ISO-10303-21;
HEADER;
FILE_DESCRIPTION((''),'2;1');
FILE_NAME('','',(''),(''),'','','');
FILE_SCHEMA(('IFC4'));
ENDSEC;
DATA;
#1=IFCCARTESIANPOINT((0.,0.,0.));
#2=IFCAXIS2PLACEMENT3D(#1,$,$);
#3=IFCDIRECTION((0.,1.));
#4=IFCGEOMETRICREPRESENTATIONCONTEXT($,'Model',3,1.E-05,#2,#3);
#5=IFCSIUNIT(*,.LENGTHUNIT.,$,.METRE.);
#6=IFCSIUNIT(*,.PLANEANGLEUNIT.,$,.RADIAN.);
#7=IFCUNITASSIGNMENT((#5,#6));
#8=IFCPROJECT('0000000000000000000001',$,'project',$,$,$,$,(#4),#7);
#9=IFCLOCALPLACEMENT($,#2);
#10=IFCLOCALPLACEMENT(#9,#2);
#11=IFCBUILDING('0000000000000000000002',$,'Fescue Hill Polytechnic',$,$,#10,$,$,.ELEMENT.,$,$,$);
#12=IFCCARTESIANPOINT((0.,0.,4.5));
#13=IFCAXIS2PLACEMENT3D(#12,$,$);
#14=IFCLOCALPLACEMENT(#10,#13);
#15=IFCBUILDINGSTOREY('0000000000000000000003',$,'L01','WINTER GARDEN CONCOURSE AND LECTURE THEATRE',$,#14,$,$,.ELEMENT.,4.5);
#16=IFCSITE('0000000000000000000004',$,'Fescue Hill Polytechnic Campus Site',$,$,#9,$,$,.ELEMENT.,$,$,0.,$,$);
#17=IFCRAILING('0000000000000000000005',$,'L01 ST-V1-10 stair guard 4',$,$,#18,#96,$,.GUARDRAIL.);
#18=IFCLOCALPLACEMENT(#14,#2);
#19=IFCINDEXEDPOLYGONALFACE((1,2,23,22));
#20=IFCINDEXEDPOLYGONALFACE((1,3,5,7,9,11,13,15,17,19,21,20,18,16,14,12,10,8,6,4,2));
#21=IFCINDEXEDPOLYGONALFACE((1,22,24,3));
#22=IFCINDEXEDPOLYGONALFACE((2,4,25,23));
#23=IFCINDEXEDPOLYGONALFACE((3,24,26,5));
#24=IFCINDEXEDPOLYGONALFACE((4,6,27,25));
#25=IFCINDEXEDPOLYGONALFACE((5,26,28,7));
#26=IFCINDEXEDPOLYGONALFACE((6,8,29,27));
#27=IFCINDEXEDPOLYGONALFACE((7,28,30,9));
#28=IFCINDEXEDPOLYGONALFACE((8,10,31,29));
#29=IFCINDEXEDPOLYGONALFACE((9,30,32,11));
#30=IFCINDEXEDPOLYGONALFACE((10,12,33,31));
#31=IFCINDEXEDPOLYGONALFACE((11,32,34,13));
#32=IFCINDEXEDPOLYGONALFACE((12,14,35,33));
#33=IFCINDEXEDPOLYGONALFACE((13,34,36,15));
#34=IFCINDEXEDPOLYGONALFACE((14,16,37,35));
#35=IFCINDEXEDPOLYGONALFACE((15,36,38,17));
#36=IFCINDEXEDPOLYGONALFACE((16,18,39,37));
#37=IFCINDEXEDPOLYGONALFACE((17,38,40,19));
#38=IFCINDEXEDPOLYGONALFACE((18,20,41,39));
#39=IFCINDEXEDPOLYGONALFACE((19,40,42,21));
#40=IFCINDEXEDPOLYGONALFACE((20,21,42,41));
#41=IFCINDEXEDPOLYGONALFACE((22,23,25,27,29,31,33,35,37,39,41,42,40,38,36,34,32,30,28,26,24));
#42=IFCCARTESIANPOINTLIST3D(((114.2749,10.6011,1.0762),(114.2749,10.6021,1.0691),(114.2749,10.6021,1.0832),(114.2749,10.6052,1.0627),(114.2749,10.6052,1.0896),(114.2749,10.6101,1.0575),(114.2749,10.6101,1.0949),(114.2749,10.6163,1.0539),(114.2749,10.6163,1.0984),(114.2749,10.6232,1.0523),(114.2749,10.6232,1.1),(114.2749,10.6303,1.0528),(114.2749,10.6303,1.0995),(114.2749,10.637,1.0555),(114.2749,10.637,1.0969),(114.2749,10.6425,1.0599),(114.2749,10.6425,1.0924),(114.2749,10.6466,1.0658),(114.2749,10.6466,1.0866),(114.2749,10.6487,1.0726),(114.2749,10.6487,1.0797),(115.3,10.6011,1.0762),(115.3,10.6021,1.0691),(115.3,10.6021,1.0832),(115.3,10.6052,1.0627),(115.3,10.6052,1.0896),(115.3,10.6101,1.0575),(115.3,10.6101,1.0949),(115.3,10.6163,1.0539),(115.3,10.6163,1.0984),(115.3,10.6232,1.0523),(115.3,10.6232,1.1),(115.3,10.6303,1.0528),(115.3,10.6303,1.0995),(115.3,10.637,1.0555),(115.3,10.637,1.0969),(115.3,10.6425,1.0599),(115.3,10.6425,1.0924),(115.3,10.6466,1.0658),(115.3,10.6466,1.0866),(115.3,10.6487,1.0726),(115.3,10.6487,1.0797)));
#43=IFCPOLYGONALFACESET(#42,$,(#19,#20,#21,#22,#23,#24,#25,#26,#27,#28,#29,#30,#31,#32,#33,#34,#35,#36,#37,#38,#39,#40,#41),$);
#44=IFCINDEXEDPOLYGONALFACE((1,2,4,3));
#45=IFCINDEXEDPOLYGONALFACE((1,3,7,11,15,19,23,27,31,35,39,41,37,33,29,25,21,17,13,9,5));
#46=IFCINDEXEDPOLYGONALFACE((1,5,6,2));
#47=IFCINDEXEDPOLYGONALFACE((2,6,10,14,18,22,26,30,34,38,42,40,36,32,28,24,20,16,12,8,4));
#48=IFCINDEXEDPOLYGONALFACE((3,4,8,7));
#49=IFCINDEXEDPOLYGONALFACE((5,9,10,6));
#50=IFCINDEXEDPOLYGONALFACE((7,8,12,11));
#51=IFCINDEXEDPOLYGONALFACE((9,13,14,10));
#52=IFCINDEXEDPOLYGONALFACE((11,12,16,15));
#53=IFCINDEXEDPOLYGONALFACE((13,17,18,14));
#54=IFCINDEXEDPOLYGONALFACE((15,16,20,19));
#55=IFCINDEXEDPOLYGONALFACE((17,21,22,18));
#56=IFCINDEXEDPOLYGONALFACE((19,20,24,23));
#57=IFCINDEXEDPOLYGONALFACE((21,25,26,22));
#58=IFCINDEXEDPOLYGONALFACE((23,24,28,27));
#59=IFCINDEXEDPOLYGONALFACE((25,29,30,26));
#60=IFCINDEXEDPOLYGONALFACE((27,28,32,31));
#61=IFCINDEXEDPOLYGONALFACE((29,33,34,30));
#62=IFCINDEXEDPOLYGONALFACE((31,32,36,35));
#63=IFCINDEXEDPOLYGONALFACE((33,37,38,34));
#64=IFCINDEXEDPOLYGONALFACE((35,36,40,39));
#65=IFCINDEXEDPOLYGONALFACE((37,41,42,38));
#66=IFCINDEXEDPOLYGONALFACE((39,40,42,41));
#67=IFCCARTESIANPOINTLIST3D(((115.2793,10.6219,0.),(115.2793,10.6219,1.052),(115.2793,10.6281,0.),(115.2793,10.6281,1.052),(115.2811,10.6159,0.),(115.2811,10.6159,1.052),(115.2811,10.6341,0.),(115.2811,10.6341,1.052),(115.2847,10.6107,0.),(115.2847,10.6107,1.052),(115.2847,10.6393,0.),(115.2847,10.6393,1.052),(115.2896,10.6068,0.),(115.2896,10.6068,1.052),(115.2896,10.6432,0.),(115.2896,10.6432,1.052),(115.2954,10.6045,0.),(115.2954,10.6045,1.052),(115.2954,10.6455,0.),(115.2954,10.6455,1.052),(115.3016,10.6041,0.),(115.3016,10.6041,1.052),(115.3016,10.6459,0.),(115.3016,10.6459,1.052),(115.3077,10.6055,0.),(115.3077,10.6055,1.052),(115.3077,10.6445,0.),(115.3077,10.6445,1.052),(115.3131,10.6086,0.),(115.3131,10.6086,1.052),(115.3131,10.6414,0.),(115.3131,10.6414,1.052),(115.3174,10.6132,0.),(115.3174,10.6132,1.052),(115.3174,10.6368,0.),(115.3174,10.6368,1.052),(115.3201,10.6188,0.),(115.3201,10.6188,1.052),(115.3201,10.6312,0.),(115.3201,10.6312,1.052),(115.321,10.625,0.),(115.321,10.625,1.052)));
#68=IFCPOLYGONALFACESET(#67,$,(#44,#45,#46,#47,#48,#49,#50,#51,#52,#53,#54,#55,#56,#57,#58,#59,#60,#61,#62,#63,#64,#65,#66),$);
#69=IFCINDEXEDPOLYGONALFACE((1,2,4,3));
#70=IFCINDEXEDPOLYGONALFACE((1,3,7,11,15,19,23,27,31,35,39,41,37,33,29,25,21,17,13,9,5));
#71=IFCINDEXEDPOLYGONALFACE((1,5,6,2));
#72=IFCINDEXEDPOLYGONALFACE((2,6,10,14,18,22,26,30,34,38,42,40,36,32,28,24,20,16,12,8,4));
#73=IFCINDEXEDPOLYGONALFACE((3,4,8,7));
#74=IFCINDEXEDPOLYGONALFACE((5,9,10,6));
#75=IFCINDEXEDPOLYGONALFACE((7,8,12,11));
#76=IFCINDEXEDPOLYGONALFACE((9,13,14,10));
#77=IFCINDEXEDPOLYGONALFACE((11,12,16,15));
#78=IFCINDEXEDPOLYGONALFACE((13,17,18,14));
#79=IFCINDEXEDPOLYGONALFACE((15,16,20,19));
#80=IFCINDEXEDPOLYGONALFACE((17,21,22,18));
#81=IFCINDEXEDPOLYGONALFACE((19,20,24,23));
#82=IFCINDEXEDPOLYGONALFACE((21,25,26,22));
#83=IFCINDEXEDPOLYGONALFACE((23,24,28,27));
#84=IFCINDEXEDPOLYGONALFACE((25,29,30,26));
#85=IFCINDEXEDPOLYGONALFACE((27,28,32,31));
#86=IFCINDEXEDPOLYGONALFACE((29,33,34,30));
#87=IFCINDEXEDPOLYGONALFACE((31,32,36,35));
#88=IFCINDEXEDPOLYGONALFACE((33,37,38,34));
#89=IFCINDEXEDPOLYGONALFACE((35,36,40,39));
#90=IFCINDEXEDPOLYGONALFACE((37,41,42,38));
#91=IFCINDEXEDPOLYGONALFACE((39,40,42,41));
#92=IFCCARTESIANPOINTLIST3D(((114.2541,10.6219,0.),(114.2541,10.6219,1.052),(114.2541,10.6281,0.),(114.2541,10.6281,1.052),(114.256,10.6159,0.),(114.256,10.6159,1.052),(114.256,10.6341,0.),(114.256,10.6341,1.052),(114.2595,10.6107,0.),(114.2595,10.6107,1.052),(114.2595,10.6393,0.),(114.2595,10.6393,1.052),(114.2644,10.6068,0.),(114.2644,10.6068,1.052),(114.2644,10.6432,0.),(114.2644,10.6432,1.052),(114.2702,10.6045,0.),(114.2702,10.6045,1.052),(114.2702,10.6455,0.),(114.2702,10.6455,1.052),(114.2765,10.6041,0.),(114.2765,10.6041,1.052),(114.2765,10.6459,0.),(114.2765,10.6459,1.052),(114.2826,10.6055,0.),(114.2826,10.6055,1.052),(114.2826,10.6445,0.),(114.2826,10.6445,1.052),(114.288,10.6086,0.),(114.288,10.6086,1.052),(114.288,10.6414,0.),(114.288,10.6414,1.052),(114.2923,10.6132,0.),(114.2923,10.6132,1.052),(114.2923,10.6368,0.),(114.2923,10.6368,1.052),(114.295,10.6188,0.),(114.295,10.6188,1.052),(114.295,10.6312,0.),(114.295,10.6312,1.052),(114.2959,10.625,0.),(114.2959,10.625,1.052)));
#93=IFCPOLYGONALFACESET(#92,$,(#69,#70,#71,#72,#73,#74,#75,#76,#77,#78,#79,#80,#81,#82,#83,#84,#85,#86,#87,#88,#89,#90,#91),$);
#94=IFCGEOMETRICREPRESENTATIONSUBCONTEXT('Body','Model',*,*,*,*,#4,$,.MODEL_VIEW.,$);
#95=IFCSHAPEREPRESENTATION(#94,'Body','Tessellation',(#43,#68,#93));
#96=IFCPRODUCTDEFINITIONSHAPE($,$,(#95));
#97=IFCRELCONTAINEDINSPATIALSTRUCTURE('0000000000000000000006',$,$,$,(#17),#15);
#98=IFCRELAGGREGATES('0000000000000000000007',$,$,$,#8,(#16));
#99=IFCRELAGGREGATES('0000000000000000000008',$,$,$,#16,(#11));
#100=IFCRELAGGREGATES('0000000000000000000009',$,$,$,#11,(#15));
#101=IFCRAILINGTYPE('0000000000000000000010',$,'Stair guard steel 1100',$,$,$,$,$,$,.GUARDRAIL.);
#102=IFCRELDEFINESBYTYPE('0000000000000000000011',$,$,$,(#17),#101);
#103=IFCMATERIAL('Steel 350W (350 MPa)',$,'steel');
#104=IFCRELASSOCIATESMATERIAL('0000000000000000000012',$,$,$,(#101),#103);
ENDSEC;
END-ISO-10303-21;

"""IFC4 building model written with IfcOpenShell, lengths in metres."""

from ifc_helpers import new_model, si_unit, direction, frame, origin, origin_2d, place, context, subcontext, project, spatial, circle, extrude, material, type_object, element, save


model = new_model("IFC4")

# Units and contexts
model_context = context("Model", 3, precision=1e-05, world=origin(), true_north=direction((0.0, 1.0)))
body_context = subcontext(model_context, "Body", "Model", "MODEL_VIEW")
ifc_project = project(units=[si_unit("LENGTHUNIT", "METRE"), si_unit("PLANEANGLEUNIT", "RADIAN")], contexts=[model_context])

# Site, building, storey
site_placement = place(None, origin())
site = spatial("IfcSite", under=ifc_project, at=site_placement, Name="Fescue Hill Polytechnic Campus Site", CompositionType="ELEMENT", RefElevation=0.0)
building_placement = place(site_placement, origin())
building = spatial("IfcBuilding", under=site, at=building_placement, Name="Fescue Hill Polytechnic", CompositionType="ELEMENT")
storey_placement = place(building_placement, frame((0.0, 0.0, 4.5)))
storey = spatial("IfcBuildingStorey", under=building, at=storey_placement, Name="L01", Description="WINTER GARDEN CONCOURSE AND LECTURE THEATRE", CompositionType="ELEMENT", Elevation=4.5)

# Railing
ifc_material_1 = material(Name="Steel 350W (350 MPa)", Category="steel")
railing_type_1 = type_object("IfcRailingType", Name="Stair guard steel 1100", PredefinedType="GUARDRAIL", material=ifc_material_1)
railing_1_placement = place(storey_placement, frame((115.3, 10.625, 0.0)))
element("IfcRailing", 1, at=railing_1_placement, inside=storey, type_object=railing_type_1, Name="L01 ST-V1-10 stair guard 4", PredefinedType="GUARDRAIL", context=body_context, shape_type="SweptSolid", body=[
    extrude(circle(Radius=0.0239, at=origin_2d()), frame((0.0, 0.0, 1.0762), z_axis=(-1.0, 0.0, 0.0), x_axis=(0.0, -1.0, 0.0)), (0.0, 0.0, 1.0), 1.0251),
    extrude(circle(Radius=0.021, at=origin_2d()), origin(), (0.0, 0.0, 1.0), 1.052),
    extrude(circle(Radius=0.021, at=origin_2d()), frame((-1.0251, 0.0, 0.0)), (0.0, 0.0, 1.0), 1.052),
])

save(model, "model.ifc")
